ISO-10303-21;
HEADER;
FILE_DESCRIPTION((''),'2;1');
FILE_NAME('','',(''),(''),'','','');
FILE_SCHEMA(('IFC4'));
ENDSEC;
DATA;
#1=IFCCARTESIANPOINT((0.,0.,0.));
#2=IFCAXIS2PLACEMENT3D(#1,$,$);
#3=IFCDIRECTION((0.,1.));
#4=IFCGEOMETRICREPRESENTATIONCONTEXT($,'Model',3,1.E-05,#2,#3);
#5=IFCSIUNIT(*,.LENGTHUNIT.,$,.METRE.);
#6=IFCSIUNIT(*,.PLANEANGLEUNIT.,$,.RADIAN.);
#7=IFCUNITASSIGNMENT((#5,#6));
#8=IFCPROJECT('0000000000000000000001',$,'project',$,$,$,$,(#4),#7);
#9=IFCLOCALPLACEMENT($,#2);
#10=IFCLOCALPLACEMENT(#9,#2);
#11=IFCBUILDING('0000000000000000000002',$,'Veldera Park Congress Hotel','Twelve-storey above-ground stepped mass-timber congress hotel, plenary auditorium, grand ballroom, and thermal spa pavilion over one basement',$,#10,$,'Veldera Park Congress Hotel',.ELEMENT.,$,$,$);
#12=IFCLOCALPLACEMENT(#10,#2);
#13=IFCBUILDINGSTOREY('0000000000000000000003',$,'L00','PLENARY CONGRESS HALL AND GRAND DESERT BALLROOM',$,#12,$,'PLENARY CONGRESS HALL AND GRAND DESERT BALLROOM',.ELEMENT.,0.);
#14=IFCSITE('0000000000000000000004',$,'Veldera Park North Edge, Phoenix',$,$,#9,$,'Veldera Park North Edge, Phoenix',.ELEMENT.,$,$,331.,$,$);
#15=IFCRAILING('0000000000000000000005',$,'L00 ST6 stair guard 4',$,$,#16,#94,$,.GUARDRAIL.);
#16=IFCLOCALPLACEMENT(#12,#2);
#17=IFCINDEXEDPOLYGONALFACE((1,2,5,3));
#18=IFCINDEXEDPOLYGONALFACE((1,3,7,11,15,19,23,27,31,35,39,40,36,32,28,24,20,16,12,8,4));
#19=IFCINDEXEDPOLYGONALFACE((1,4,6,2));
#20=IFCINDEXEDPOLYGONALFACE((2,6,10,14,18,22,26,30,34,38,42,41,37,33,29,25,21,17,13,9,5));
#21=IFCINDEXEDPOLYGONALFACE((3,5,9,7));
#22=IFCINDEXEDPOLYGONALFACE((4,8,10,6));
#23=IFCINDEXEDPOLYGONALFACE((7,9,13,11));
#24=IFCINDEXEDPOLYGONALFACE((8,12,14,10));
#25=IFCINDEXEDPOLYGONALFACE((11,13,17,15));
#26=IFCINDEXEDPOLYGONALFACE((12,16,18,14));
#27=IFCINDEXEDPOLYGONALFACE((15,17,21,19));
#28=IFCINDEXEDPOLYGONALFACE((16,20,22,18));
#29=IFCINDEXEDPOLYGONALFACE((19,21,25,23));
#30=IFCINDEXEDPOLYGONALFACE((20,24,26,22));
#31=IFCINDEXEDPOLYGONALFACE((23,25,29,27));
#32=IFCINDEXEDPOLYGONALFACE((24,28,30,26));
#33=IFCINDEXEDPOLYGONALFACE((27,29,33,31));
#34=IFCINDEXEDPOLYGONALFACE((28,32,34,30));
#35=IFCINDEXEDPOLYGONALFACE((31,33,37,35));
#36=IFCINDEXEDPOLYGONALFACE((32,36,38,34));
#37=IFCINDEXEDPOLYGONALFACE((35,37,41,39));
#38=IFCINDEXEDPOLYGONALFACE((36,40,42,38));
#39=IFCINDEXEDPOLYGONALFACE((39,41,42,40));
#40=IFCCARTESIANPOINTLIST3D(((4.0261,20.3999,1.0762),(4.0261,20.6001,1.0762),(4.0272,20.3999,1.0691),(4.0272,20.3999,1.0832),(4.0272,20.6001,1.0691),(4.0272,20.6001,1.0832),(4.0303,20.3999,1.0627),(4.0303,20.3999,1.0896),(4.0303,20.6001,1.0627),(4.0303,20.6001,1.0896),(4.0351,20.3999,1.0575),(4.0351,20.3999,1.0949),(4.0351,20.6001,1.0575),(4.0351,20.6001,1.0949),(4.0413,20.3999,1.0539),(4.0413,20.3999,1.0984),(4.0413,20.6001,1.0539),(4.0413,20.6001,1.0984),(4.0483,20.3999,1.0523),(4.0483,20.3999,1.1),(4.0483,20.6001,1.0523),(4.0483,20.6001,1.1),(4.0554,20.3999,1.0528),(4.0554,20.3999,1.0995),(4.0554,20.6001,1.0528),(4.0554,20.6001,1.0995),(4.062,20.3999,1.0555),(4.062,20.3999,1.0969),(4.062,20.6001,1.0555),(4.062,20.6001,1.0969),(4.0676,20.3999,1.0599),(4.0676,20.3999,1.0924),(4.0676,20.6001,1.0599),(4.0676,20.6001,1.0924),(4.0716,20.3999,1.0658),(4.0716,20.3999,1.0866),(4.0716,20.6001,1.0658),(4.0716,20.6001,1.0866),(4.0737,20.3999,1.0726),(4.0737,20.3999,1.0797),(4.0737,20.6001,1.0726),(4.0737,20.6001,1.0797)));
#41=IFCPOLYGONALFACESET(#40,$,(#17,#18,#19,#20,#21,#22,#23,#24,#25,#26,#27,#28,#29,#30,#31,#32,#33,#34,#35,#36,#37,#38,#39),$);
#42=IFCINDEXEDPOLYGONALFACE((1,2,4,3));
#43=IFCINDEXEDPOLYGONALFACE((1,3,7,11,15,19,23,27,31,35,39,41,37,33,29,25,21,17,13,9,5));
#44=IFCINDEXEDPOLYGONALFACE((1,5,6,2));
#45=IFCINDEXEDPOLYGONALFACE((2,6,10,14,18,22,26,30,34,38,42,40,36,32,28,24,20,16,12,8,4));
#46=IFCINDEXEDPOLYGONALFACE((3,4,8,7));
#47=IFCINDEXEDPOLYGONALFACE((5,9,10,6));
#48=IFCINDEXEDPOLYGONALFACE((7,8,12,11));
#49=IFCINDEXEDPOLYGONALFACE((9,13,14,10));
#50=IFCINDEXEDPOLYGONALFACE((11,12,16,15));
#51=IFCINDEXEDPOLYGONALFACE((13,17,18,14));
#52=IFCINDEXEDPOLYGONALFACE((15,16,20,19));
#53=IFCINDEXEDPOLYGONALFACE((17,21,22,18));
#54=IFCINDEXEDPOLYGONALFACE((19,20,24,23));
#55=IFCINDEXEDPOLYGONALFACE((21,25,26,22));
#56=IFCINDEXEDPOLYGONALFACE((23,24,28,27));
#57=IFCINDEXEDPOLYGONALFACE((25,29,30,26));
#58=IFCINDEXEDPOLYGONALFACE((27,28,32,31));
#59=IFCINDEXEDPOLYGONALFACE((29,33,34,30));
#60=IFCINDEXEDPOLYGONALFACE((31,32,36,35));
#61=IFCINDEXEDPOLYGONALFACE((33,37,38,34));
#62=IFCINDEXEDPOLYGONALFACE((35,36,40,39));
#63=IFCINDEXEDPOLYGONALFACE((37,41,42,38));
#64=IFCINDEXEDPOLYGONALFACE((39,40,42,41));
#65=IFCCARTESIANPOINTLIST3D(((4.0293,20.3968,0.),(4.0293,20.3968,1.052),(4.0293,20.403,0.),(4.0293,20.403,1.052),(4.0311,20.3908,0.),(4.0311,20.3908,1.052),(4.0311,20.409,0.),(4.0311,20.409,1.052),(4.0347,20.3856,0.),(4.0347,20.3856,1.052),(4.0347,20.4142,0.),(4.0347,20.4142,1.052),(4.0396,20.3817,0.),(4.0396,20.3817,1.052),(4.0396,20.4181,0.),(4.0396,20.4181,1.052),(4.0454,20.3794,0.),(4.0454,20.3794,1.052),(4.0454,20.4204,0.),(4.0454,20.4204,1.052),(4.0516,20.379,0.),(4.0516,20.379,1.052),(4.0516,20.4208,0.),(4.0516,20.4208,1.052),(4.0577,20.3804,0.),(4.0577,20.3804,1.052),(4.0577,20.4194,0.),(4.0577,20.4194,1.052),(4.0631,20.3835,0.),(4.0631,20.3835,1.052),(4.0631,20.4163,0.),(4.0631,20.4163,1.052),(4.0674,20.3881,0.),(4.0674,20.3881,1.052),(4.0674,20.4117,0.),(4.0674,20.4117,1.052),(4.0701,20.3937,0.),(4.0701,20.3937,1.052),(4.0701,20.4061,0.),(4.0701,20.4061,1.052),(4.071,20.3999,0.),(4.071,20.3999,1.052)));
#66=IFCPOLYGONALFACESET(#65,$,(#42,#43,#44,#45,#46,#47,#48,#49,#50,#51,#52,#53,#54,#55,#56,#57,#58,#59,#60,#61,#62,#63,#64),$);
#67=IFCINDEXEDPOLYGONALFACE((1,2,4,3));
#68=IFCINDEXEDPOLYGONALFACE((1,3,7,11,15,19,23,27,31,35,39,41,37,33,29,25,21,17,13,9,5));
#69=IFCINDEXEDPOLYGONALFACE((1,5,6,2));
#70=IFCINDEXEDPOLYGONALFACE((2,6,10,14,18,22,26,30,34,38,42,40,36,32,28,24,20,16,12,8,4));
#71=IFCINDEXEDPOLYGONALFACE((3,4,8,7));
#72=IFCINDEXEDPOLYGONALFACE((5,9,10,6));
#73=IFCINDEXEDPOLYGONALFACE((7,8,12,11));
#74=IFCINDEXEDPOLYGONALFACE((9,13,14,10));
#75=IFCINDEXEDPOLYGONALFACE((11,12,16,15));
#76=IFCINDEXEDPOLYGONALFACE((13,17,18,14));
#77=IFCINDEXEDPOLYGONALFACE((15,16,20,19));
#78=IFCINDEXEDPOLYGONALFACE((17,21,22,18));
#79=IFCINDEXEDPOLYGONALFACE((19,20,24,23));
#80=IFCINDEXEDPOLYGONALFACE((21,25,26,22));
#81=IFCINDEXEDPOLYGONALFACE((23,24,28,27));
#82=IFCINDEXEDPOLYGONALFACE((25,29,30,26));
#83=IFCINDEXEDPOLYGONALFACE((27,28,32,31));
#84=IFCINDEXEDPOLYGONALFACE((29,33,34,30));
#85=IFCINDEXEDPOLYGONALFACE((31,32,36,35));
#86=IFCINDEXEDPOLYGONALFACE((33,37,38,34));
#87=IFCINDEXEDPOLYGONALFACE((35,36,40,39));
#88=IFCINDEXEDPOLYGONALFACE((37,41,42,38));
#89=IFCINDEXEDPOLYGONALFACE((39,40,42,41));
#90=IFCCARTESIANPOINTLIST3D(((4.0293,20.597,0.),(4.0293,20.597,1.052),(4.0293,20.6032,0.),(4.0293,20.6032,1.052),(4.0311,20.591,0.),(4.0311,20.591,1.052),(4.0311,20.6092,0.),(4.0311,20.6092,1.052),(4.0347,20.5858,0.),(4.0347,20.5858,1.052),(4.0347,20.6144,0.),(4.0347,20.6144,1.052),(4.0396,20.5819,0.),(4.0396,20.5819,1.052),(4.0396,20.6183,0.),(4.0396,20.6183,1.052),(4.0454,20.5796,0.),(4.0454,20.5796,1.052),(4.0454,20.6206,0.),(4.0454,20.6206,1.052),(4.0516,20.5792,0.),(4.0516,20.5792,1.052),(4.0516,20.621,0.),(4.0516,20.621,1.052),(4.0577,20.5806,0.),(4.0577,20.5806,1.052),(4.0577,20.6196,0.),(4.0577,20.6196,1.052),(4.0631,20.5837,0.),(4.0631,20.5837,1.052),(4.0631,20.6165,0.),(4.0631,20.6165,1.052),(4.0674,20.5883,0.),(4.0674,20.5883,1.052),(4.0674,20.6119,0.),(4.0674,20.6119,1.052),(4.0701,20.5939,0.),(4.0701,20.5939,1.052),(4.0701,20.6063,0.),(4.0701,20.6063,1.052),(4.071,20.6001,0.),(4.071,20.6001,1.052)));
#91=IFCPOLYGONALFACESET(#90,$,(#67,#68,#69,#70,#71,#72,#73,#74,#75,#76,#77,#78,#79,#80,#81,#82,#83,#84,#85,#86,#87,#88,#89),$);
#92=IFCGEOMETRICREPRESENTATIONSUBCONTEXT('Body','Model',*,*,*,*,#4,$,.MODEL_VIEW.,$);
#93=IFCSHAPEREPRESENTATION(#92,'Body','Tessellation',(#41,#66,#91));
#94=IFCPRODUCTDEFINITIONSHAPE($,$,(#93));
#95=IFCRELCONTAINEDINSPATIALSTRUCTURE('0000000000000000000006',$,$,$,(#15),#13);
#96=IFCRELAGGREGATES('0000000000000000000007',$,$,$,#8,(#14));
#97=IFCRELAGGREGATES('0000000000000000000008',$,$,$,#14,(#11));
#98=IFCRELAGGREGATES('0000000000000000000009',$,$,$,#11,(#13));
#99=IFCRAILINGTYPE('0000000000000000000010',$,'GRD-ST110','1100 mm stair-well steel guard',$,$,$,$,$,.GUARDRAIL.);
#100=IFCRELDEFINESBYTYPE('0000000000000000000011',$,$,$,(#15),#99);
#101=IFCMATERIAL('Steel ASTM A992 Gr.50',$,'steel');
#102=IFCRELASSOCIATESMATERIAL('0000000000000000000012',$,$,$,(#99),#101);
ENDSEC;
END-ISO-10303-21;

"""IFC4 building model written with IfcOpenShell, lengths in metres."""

from ifc_helpers import new_model, si_unit, direction, frame, origin, origin_2d, place, context, subcontext, project, spatial, circle, extrude, material, type_object, element, save


model = new_model("IFC4")

# Units and contexts
model_context = context("Model", 3, precision=1e-05, world=origin(), true_north=direction((0.0, 1.0)))
body_context = subcontext(model_context, "Body", "Model", "MODEL_VIEW")
ifc_project = project(units=[si_unit("LENGTHUNIT", "METRE"), si_unit("PLANEANGLEUNIT", "RADIAN")], contexts=[model_context])

# Site, building, storey
site_placement = place(None, origin())
site = spatial("IfcSite", under=ifc_project, at=site_placement, Name="Veldera Park North Edge, Phoenix", LongName="Veldera Park North Edge, Phoenix", CompositionType="ELEMENT", RefElevation=331.0)
building_placement = place(site_placement, origin())
building = spatial("IfcBuilding", under=site, at=building_placement, Name="Veldera Park Congress Hotel", Description="Twelve-storey above-ground stepped mass-timber congress hotel, plenary auditorium, grand ballroom, and thermal spa pavilion over one basement", LongName="Veldera Park Congress Hotel", CompositionType="ELEMENT")
storey_placement = place(building_placement, origin())
storey = spatial("IfcBuildingStorey", under=building, at=storey_placement, Name="L00", Description="PLENARY CONGRESS HALL AND GRAND DESERT BALLROOM", LongName="PLENARY CONGRESS HALL AND GRAND DESERT BALLROOM", CompositionType="ELEMENT", Elevation=0.0)

# Shared definitions
ifc_material_1 = material(Name="Steel ASTM A992 Gr.50", Category="steel")

# Railing
railing_type_1 = type_object("IfcRailingType", Name="GRD-ST110", Description="1100 mm stair-well steel guard", PredefinedType="GUARDRAIL", material=ifc_material_1)
railing_1_placement = place(storey_placement, frame((4.05, 20.3999, 0.0)))
element("IfcRailing", 1, at=railing_1_placement, inside=storey, type_object=railing_type_1, Name="L00 ST6 stair guard 4", PredefinedType="GUARDRAIL", context=body_context, shape_type="SweptSolid", body=[
    extrude(circle(Radius=0.0239, at=origin_2d()), frame((0.0, 0.0, 1.0762), z_axis=(0.0, 1.0, 0.0), x_axis=(-1.0, 0.0, 0.0)), (0.0, 0.0, 1.0), 0.2002),
    extrude(circle(Radius=0.021, at=origin_2d()), origin(), (0.0, 0.0, 1.0), 1.052),
    extrude(circle(Radius=0.021, at=origin_2d()), frame((0.0, 0.2002, 0.0)), (0.0, 0.0, 1.0), 1.052),
])

save(model, "model.ifc")
